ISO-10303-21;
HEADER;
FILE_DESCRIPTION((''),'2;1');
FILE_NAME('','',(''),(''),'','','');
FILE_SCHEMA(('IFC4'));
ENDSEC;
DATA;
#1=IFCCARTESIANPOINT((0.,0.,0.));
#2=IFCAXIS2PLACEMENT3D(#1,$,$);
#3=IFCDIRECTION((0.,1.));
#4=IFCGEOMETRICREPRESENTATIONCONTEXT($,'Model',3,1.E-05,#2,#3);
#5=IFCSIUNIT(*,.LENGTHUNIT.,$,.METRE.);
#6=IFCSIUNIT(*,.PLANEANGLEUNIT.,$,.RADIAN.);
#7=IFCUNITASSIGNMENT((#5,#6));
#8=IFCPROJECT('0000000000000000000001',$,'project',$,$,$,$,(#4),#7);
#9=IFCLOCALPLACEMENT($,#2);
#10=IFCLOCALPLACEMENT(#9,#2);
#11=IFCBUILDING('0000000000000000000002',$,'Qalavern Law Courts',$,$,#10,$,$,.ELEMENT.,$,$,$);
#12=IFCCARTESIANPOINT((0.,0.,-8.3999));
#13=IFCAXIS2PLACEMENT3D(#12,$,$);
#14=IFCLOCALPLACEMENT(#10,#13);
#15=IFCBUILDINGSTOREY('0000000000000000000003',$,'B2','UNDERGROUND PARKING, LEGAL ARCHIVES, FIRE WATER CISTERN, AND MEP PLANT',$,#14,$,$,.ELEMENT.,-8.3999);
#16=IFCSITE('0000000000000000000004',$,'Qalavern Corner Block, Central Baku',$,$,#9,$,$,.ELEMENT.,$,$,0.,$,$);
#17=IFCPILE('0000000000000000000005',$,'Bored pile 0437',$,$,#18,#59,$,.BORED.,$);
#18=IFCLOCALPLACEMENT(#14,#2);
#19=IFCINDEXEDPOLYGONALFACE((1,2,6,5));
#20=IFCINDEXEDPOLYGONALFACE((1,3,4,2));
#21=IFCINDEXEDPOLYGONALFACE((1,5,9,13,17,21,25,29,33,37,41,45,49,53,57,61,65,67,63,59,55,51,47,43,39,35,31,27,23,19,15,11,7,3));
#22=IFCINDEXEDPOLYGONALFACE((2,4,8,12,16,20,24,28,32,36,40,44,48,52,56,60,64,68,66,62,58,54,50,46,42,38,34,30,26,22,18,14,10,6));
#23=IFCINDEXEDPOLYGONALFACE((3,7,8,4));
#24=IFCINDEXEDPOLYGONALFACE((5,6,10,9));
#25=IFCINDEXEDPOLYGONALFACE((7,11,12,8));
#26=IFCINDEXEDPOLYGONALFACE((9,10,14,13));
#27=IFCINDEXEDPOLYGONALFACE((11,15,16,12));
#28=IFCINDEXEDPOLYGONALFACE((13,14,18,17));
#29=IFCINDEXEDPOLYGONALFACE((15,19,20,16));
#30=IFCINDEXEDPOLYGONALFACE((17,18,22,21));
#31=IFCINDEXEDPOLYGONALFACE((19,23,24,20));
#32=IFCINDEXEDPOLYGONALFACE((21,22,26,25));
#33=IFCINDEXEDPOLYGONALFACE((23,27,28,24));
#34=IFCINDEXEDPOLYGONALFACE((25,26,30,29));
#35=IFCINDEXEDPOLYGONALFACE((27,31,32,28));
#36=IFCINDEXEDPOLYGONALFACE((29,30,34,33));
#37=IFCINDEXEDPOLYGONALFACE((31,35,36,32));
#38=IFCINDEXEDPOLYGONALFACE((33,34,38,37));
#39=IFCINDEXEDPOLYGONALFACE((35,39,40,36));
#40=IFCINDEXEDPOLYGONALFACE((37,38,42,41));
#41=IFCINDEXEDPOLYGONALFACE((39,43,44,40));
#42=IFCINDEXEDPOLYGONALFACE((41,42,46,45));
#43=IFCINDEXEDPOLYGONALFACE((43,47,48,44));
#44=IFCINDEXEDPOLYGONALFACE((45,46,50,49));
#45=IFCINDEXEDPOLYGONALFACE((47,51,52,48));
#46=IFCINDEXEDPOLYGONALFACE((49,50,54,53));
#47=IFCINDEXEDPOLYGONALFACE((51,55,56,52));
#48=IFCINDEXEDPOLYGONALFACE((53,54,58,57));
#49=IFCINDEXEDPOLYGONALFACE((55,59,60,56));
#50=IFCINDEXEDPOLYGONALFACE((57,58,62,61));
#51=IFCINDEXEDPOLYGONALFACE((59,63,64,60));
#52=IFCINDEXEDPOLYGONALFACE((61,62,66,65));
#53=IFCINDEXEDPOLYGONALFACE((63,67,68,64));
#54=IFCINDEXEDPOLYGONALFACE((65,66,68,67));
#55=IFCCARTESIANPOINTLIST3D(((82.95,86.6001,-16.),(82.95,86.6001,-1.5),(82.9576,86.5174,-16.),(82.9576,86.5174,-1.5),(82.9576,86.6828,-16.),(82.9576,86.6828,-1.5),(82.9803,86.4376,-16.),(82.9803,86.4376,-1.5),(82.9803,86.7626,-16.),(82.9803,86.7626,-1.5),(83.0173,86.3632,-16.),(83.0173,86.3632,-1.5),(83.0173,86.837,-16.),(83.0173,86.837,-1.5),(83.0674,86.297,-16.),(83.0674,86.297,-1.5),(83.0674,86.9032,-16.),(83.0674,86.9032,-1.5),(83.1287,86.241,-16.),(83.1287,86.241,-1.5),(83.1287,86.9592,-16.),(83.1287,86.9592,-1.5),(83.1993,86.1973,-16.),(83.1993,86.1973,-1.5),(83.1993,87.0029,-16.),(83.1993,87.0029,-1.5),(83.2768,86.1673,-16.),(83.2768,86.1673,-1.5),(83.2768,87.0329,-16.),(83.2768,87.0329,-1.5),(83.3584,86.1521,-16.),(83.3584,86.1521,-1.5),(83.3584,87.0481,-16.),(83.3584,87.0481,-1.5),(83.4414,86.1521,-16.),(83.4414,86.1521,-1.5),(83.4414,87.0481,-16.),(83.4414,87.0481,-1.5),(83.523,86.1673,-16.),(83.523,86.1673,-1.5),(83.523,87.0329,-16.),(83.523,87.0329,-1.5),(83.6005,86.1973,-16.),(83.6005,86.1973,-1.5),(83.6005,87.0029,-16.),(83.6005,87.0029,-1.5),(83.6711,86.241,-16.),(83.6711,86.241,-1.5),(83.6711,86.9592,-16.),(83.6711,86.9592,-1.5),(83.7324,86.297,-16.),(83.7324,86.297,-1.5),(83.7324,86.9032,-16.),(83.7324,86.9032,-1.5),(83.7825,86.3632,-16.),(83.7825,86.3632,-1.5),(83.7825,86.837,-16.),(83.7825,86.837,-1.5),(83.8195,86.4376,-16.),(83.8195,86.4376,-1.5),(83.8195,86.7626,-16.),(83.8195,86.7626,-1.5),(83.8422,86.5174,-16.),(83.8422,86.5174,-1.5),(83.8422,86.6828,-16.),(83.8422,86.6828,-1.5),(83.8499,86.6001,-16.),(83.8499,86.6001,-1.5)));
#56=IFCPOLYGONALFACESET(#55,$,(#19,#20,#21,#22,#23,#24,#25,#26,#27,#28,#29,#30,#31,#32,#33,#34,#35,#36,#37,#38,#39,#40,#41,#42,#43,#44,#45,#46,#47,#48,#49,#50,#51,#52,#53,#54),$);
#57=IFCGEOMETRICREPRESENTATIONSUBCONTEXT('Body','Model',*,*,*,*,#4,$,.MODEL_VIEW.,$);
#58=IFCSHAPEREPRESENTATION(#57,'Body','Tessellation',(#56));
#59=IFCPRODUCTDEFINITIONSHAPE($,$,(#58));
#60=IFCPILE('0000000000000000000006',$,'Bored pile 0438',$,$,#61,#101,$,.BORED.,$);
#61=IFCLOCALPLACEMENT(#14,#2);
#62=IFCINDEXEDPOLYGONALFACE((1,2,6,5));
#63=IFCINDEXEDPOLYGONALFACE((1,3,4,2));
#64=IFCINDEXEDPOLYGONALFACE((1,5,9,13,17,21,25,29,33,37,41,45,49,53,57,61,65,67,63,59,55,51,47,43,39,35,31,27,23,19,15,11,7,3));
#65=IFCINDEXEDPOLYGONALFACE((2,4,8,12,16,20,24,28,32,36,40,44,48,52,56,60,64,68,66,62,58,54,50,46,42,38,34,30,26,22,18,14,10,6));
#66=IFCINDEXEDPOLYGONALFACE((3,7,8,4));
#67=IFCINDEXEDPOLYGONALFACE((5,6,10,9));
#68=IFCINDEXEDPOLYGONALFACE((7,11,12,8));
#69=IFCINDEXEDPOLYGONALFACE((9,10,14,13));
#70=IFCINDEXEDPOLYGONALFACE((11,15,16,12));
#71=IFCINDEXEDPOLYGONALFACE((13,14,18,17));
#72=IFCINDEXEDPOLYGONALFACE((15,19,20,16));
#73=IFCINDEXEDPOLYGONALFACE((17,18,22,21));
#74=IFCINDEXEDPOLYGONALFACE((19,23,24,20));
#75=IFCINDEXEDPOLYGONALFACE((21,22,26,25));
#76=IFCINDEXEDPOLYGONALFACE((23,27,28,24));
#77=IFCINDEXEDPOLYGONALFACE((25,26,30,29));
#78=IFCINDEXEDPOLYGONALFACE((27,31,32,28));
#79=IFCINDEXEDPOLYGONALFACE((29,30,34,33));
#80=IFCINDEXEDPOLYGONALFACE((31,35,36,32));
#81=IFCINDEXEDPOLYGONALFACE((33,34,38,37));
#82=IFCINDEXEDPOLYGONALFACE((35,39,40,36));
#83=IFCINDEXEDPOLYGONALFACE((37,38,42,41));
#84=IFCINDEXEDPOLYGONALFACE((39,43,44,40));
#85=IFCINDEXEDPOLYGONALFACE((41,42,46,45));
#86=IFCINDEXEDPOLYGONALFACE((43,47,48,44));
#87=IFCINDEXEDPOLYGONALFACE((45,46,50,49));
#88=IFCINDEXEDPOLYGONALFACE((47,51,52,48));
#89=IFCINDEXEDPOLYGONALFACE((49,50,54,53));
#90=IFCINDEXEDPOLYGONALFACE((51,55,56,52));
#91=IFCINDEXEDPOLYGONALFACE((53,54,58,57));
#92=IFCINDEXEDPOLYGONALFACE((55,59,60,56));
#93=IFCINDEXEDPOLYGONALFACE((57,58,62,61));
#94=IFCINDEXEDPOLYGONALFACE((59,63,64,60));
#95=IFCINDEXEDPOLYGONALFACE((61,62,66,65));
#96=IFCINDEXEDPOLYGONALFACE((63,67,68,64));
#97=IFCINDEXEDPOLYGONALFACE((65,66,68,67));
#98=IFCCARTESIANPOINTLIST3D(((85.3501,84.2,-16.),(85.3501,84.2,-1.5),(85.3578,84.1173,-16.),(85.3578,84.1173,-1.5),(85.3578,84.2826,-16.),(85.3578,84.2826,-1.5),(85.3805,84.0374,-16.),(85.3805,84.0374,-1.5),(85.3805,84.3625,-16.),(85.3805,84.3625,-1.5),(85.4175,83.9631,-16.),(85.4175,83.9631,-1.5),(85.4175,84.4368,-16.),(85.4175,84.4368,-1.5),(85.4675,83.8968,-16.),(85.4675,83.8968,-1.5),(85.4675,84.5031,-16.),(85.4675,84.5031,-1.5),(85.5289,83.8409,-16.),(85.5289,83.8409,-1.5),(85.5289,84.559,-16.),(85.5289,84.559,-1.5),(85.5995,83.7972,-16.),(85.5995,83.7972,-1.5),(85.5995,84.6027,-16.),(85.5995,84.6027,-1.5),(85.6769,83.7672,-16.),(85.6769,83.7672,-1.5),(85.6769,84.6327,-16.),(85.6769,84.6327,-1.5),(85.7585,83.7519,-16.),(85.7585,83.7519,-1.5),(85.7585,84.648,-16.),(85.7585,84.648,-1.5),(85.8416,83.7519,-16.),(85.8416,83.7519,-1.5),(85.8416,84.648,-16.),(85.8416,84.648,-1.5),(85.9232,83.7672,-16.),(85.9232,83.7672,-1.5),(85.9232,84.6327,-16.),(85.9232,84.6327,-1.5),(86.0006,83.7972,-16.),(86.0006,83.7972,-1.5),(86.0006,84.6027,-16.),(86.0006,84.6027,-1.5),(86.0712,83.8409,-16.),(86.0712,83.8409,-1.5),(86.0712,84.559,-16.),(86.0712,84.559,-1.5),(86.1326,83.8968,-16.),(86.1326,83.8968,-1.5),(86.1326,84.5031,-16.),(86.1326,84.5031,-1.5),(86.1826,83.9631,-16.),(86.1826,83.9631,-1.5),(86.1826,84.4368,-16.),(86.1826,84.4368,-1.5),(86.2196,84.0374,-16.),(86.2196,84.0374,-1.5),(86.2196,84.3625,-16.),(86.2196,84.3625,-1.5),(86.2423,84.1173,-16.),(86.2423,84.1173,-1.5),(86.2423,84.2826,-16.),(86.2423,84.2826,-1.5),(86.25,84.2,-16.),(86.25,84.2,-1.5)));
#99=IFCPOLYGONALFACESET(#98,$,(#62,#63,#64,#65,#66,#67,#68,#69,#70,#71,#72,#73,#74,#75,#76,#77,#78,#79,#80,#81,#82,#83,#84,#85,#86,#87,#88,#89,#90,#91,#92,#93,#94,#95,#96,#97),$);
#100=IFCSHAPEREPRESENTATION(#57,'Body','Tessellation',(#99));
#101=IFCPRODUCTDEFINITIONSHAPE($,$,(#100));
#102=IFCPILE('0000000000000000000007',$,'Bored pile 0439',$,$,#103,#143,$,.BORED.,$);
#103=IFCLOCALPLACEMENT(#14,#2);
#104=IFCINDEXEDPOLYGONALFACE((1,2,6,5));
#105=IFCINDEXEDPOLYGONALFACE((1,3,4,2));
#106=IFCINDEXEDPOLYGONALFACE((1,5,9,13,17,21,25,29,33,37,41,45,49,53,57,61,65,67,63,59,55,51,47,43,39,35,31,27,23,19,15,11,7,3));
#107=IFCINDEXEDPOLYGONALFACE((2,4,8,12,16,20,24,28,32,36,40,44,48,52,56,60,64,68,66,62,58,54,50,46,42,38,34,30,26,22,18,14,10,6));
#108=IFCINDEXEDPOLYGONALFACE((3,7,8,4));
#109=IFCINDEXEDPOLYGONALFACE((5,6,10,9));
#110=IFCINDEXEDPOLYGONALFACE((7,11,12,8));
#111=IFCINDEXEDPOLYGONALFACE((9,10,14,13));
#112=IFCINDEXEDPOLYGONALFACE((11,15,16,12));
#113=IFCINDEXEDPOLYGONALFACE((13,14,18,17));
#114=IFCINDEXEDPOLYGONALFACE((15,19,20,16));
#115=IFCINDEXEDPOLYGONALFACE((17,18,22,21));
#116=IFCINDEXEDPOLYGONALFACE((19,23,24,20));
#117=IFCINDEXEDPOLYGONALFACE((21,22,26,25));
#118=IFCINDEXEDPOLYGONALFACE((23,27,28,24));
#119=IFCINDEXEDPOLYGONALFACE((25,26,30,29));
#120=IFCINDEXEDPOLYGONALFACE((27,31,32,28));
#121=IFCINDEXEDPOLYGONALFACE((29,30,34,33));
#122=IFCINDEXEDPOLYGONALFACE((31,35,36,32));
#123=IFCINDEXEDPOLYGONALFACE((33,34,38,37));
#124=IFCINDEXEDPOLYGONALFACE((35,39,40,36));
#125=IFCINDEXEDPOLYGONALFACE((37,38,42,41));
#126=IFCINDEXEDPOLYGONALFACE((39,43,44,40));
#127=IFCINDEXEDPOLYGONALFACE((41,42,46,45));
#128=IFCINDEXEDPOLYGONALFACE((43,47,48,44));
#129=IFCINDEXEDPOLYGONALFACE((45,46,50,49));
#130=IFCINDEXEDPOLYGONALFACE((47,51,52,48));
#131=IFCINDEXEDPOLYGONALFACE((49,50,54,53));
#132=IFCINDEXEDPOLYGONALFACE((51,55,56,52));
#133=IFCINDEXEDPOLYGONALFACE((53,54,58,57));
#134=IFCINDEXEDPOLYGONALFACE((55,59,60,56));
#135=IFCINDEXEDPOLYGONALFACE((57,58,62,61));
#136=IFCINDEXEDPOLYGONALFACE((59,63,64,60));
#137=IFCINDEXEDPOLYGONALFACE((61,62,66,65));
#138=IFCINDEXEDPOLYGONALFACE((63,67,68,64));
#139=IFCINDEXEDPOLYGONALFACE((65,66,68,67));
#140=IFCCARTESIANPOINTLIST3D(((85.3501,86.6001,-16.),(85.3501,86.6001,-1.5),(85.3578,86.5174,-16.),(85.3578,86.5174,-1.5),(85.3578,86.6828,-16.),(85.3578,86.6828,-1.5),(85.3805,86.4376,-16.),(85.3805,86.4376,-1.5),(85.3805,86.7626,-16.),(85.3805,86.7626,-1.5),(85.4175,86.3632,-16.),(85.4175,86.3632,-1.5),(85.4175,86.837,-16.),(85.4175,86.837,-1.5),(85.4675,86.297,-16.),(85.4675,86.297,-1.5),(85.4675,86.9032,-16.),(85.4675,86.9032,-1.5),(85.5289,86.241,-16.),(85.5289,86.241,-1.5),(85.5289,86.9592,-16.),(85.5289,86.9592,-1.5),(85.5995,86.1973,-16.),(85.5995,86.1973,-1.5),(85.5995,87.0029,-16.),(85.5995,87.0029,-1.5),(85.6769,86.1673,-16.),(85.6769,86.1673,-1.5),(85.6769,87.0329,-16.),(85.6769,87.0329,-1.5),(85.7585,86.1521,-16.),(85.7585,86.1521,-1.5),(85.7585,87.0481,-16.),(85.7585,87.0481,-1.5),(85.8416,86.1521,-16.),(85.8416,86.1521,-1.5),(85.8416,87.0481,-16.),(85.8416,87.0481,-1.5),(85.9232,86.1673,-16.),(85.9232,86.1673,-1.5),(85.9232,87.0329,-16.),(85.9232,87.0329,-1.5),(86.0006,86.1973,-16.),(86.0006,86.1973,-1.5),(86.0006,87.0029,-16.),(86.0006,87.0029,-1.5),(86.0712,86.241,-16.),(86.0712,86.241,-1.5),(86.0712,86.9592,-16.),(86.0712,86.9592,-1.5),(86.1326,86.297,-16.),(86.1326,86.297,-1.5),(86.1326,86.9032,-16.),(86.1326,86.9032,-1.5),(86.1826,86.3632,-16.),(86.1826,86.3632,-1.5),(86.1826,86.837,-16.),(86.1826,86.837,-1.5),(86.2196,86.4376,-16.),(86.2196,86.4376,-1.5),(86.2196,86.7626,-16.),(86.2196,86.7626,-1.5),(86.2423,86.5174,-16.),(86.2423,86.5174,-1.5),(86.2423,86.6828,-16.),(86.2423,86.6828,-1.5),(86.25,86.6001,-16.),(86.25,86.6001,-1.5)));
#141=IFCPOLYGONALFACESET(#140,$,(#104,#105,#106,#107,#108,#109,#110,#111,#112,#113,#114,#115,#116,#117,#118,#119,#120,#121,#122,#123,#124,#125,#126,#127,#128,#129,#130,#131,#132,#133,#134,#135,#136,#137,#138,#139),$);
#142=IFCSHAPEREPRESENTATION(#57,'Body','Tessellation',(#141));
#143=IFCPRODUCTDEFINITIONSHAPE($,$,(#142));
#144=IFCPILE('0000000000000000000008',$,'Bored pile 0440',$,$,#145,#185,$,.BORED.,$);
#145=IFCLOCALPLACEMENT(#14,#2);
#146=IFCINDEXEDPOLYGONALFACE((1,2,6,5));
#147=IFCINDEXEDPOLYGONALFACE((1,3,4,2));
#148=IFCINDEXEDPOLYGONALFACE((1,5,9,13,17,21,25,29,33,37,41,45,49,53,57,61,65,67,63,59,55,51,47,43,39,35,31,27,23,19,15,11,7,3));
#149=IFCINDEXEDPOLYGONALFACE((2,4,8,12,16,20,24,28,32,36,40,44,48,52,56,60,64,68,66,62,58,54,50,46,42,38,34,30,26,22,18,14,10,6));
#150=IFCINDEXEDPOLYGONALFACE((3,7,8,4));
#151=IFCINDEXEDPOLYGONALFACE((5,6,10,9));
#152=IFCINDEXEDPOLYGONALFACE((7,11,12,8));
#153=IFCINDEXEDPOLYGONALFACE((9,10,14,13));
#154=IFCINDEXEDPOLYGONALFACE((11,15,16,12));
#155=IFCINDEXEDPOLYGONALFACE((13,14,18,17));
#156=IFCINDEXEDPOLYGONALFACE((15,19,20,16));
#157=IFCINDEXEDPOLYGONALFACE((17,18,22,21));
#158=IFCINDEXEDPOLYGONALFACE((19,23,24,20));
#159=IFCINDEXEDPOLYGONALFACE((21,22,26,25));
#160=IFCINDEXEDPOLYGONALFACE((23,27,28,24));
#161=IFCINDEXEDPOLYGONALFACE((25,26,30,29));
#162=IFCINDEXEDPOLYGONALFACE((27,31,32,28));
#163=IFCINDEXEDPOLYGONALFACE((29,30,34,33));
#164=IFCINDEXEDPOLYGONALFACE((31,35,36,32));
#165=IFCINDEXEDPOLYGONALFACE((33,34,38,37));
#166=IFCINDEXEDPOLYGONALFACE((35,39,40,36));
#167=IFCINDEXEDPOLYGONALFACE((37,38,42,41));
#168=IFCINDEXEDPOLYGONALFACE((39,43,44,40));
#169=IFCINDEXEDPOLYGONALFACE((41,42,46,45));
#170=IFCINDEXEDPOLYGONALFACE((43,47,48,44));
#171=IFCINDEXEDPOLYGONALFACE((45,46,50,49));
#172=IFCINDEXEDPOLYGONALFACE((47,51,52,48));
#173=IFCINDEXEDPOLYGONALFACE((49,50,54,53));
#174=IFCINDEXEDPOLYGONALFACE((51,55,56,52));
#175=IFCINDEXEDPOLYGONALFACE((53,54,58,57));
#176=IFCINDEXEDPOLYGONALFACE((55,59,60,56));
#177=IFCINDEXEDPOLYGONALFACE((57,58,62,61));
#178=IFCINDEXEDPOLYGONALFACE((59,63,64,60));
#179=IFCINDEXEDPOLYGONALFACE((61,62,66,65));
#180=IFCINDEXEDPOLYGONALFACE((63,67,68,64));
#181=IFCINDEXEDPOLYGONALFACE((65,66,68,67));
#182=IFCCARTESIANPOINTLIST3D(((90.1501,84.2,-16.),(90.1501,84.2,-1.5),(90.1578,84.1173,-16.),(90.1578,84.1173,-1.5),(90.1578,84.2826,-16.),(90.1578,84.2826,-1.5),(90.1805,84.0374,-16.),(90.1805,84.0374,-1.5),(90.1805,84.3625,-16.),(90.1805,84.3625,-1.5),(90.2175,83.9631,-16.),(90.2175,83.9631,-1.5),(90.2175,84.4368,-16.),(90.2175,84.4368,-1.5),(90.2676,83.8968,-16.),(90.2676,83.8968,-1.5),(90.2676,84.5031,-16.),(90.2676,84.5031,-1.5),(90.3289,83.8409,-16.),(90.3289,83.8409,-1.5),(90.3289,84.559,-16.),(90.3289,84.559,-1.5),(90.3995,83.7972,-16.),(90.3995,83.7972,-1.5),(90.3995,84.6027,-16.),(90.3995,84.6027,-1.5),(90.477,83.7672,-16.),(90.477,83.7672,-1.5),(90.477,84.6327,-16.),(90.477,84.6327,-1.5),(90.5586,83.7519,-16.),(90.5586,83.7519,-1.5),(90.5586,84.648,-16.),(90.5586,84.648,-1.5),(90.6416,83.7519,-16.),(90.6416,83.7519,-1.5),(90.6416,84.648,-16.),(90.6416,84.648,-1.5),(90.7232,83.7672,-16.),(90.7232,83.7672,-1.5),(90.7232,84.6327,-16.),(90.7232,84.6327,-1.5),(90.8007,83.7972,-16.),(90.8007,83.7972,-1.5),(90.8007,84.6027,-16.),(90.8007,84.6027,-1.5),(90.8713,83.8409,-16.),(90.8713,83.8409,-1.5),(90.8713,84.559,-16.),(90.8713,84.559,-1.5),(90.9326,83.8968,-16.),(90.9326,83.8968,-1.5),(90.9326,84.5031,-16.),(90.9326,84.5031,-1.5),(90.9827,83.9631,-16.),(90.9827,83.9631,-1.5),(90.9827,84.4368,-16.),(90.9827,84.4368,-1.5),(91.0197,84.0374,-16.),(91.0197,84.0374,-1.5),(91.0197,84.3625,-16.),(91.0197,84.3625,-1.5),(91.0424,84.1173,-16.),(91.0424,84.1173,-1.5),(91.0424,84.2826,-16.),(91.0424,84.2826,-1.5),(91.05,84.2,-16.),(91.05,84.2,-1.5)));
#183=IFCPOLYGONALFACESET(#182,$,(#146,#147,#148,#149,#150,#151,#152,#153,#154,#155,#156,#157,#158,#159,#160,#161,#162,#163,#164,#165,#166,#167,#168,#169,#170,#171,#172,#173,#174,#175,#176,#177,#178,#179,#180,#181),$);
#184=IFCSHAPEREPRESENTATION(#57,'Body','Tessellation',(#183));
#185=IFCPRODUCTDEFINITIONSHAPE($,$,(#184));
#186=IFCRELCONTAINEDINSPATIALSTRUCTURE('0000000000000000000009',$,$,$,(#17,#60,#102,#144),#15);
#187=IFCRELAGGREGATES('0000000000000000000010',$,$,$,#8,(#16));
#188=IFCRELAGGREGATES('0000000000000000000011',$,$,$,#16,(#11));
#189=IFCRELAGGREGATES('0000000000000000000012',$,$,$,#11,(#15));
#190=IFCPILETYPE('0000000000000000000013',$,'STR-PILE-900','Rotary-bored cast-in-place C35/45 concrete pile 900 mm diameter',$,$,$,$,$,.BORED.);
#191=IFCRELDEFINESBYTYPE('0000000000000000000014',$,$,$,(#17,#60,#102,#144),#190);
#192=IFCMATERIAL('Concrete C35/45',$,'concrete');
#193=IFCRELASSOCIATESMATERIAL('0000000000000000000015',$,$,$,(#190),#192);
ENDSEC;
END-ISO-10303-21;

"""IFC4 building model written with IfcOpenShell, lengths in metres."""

from ifc_helpers import new_model, si_unit, direction, frame, origin, origin_2d, place, context, subcontext, project, spatial, circle, extrude, material, material_profile, profile_set, type_object, element, save


model = new_model("IFC4")

# Units and contexts
model_context = context("Model", 3, precision=1e-05, world=origin(), true_north=direction((0.0, 1.0)))
body_context = subcontext(model_context, "Body", "Model", "MODEL_VIEW")
ifc_project = project(units=[si_unit("LENGTHUNIT", "METRE"), si_unit("PLANEANGLEUNIT", "RADIAN")], contexts=[model_context])

# Site, building, storey
site_placement = place(None, origin())
site = spatial("IfcSite", under=ifc_project, at=site_placement, Name="Qalavern Corner Block, Central Baku", CompositionType="ELEMENT", RefElevation=0.0)
building_placement = place(site_placement, origin())
building = spatial("IfcBuilding", under=site, at=building_placement, Name="Qalavern Law Courts", CompositionType="ELEMENT")
storey_placement = place(building_placement, frame((0.0, 0.0, -8.3999)))
storey = spatial("IfcBuildingStorey", under=building, at=storey_placement, Name="B2", Description="UNDERGROUND PARKING, LEGAL ARCHIVES, FIRE WATER CISTERN, AND MEP PLANT", CompositionType="ELEMENT", Elevation=-8.3999)

# Shared definitions
ifc_material_1 = material(Name="Concrete C35/45", Category="concrete")

# Piles
ifc_material_profile_1 = material_profile(ifc_material_1, circle(Radius=0.45, at=origin_2d()), Name="BORED PILE 900")
ifc_profile_set_1 = profile_set([ifc_material_profile_1], Name="Concrete C35/45")
pile_type_1 = type_object("IfcPileType", Name="STR-PILE-900", Description="Rotary-bored cast-in-place C35/45 concrete pile 900 mm diameter", PredefinedType="BORED", material=ifc_profile_set_1)
for number, where, z_axis, x_axis, name in (
    (1, (83.3999, 86.6001, -1.5), (0.0, 0.0, -1.0), (1.0, 0.0, 0.0), "Bored pile 0437"),
    (2, (85.8, 84.2, -1.5), (0.0, 0.0, -1.0), (1.0, 0.0, 0.0), "Bored pile 0438"),
    (3, (85.8, 86.6001, -1.5), (0.0, 0.0, -1.0), (1.0, 0.0, 0.0), "Bored pile 0439"),
    (4, (90.6001, 84.2, -1.5), (0.0, 0.0, -1.0), (1.0, 0.0, 0.0), "Bored pile 0440"),
):
    element("IfcPile", number, at=place(storey_placement, frame(where, z_axis=z_axis, x_axis=x_axis)), inside=storey, type_object=pile_type_1, Name=name, PredefinedType="BORED", context=body_context, shape_type="SweptSolid", body=[
        extrude(circle(Radius=0.45, at=origin_2d()), origin(), (0.0, 0.0, 1.0), 14.5),
    ])

save(model, "model.ifc")
